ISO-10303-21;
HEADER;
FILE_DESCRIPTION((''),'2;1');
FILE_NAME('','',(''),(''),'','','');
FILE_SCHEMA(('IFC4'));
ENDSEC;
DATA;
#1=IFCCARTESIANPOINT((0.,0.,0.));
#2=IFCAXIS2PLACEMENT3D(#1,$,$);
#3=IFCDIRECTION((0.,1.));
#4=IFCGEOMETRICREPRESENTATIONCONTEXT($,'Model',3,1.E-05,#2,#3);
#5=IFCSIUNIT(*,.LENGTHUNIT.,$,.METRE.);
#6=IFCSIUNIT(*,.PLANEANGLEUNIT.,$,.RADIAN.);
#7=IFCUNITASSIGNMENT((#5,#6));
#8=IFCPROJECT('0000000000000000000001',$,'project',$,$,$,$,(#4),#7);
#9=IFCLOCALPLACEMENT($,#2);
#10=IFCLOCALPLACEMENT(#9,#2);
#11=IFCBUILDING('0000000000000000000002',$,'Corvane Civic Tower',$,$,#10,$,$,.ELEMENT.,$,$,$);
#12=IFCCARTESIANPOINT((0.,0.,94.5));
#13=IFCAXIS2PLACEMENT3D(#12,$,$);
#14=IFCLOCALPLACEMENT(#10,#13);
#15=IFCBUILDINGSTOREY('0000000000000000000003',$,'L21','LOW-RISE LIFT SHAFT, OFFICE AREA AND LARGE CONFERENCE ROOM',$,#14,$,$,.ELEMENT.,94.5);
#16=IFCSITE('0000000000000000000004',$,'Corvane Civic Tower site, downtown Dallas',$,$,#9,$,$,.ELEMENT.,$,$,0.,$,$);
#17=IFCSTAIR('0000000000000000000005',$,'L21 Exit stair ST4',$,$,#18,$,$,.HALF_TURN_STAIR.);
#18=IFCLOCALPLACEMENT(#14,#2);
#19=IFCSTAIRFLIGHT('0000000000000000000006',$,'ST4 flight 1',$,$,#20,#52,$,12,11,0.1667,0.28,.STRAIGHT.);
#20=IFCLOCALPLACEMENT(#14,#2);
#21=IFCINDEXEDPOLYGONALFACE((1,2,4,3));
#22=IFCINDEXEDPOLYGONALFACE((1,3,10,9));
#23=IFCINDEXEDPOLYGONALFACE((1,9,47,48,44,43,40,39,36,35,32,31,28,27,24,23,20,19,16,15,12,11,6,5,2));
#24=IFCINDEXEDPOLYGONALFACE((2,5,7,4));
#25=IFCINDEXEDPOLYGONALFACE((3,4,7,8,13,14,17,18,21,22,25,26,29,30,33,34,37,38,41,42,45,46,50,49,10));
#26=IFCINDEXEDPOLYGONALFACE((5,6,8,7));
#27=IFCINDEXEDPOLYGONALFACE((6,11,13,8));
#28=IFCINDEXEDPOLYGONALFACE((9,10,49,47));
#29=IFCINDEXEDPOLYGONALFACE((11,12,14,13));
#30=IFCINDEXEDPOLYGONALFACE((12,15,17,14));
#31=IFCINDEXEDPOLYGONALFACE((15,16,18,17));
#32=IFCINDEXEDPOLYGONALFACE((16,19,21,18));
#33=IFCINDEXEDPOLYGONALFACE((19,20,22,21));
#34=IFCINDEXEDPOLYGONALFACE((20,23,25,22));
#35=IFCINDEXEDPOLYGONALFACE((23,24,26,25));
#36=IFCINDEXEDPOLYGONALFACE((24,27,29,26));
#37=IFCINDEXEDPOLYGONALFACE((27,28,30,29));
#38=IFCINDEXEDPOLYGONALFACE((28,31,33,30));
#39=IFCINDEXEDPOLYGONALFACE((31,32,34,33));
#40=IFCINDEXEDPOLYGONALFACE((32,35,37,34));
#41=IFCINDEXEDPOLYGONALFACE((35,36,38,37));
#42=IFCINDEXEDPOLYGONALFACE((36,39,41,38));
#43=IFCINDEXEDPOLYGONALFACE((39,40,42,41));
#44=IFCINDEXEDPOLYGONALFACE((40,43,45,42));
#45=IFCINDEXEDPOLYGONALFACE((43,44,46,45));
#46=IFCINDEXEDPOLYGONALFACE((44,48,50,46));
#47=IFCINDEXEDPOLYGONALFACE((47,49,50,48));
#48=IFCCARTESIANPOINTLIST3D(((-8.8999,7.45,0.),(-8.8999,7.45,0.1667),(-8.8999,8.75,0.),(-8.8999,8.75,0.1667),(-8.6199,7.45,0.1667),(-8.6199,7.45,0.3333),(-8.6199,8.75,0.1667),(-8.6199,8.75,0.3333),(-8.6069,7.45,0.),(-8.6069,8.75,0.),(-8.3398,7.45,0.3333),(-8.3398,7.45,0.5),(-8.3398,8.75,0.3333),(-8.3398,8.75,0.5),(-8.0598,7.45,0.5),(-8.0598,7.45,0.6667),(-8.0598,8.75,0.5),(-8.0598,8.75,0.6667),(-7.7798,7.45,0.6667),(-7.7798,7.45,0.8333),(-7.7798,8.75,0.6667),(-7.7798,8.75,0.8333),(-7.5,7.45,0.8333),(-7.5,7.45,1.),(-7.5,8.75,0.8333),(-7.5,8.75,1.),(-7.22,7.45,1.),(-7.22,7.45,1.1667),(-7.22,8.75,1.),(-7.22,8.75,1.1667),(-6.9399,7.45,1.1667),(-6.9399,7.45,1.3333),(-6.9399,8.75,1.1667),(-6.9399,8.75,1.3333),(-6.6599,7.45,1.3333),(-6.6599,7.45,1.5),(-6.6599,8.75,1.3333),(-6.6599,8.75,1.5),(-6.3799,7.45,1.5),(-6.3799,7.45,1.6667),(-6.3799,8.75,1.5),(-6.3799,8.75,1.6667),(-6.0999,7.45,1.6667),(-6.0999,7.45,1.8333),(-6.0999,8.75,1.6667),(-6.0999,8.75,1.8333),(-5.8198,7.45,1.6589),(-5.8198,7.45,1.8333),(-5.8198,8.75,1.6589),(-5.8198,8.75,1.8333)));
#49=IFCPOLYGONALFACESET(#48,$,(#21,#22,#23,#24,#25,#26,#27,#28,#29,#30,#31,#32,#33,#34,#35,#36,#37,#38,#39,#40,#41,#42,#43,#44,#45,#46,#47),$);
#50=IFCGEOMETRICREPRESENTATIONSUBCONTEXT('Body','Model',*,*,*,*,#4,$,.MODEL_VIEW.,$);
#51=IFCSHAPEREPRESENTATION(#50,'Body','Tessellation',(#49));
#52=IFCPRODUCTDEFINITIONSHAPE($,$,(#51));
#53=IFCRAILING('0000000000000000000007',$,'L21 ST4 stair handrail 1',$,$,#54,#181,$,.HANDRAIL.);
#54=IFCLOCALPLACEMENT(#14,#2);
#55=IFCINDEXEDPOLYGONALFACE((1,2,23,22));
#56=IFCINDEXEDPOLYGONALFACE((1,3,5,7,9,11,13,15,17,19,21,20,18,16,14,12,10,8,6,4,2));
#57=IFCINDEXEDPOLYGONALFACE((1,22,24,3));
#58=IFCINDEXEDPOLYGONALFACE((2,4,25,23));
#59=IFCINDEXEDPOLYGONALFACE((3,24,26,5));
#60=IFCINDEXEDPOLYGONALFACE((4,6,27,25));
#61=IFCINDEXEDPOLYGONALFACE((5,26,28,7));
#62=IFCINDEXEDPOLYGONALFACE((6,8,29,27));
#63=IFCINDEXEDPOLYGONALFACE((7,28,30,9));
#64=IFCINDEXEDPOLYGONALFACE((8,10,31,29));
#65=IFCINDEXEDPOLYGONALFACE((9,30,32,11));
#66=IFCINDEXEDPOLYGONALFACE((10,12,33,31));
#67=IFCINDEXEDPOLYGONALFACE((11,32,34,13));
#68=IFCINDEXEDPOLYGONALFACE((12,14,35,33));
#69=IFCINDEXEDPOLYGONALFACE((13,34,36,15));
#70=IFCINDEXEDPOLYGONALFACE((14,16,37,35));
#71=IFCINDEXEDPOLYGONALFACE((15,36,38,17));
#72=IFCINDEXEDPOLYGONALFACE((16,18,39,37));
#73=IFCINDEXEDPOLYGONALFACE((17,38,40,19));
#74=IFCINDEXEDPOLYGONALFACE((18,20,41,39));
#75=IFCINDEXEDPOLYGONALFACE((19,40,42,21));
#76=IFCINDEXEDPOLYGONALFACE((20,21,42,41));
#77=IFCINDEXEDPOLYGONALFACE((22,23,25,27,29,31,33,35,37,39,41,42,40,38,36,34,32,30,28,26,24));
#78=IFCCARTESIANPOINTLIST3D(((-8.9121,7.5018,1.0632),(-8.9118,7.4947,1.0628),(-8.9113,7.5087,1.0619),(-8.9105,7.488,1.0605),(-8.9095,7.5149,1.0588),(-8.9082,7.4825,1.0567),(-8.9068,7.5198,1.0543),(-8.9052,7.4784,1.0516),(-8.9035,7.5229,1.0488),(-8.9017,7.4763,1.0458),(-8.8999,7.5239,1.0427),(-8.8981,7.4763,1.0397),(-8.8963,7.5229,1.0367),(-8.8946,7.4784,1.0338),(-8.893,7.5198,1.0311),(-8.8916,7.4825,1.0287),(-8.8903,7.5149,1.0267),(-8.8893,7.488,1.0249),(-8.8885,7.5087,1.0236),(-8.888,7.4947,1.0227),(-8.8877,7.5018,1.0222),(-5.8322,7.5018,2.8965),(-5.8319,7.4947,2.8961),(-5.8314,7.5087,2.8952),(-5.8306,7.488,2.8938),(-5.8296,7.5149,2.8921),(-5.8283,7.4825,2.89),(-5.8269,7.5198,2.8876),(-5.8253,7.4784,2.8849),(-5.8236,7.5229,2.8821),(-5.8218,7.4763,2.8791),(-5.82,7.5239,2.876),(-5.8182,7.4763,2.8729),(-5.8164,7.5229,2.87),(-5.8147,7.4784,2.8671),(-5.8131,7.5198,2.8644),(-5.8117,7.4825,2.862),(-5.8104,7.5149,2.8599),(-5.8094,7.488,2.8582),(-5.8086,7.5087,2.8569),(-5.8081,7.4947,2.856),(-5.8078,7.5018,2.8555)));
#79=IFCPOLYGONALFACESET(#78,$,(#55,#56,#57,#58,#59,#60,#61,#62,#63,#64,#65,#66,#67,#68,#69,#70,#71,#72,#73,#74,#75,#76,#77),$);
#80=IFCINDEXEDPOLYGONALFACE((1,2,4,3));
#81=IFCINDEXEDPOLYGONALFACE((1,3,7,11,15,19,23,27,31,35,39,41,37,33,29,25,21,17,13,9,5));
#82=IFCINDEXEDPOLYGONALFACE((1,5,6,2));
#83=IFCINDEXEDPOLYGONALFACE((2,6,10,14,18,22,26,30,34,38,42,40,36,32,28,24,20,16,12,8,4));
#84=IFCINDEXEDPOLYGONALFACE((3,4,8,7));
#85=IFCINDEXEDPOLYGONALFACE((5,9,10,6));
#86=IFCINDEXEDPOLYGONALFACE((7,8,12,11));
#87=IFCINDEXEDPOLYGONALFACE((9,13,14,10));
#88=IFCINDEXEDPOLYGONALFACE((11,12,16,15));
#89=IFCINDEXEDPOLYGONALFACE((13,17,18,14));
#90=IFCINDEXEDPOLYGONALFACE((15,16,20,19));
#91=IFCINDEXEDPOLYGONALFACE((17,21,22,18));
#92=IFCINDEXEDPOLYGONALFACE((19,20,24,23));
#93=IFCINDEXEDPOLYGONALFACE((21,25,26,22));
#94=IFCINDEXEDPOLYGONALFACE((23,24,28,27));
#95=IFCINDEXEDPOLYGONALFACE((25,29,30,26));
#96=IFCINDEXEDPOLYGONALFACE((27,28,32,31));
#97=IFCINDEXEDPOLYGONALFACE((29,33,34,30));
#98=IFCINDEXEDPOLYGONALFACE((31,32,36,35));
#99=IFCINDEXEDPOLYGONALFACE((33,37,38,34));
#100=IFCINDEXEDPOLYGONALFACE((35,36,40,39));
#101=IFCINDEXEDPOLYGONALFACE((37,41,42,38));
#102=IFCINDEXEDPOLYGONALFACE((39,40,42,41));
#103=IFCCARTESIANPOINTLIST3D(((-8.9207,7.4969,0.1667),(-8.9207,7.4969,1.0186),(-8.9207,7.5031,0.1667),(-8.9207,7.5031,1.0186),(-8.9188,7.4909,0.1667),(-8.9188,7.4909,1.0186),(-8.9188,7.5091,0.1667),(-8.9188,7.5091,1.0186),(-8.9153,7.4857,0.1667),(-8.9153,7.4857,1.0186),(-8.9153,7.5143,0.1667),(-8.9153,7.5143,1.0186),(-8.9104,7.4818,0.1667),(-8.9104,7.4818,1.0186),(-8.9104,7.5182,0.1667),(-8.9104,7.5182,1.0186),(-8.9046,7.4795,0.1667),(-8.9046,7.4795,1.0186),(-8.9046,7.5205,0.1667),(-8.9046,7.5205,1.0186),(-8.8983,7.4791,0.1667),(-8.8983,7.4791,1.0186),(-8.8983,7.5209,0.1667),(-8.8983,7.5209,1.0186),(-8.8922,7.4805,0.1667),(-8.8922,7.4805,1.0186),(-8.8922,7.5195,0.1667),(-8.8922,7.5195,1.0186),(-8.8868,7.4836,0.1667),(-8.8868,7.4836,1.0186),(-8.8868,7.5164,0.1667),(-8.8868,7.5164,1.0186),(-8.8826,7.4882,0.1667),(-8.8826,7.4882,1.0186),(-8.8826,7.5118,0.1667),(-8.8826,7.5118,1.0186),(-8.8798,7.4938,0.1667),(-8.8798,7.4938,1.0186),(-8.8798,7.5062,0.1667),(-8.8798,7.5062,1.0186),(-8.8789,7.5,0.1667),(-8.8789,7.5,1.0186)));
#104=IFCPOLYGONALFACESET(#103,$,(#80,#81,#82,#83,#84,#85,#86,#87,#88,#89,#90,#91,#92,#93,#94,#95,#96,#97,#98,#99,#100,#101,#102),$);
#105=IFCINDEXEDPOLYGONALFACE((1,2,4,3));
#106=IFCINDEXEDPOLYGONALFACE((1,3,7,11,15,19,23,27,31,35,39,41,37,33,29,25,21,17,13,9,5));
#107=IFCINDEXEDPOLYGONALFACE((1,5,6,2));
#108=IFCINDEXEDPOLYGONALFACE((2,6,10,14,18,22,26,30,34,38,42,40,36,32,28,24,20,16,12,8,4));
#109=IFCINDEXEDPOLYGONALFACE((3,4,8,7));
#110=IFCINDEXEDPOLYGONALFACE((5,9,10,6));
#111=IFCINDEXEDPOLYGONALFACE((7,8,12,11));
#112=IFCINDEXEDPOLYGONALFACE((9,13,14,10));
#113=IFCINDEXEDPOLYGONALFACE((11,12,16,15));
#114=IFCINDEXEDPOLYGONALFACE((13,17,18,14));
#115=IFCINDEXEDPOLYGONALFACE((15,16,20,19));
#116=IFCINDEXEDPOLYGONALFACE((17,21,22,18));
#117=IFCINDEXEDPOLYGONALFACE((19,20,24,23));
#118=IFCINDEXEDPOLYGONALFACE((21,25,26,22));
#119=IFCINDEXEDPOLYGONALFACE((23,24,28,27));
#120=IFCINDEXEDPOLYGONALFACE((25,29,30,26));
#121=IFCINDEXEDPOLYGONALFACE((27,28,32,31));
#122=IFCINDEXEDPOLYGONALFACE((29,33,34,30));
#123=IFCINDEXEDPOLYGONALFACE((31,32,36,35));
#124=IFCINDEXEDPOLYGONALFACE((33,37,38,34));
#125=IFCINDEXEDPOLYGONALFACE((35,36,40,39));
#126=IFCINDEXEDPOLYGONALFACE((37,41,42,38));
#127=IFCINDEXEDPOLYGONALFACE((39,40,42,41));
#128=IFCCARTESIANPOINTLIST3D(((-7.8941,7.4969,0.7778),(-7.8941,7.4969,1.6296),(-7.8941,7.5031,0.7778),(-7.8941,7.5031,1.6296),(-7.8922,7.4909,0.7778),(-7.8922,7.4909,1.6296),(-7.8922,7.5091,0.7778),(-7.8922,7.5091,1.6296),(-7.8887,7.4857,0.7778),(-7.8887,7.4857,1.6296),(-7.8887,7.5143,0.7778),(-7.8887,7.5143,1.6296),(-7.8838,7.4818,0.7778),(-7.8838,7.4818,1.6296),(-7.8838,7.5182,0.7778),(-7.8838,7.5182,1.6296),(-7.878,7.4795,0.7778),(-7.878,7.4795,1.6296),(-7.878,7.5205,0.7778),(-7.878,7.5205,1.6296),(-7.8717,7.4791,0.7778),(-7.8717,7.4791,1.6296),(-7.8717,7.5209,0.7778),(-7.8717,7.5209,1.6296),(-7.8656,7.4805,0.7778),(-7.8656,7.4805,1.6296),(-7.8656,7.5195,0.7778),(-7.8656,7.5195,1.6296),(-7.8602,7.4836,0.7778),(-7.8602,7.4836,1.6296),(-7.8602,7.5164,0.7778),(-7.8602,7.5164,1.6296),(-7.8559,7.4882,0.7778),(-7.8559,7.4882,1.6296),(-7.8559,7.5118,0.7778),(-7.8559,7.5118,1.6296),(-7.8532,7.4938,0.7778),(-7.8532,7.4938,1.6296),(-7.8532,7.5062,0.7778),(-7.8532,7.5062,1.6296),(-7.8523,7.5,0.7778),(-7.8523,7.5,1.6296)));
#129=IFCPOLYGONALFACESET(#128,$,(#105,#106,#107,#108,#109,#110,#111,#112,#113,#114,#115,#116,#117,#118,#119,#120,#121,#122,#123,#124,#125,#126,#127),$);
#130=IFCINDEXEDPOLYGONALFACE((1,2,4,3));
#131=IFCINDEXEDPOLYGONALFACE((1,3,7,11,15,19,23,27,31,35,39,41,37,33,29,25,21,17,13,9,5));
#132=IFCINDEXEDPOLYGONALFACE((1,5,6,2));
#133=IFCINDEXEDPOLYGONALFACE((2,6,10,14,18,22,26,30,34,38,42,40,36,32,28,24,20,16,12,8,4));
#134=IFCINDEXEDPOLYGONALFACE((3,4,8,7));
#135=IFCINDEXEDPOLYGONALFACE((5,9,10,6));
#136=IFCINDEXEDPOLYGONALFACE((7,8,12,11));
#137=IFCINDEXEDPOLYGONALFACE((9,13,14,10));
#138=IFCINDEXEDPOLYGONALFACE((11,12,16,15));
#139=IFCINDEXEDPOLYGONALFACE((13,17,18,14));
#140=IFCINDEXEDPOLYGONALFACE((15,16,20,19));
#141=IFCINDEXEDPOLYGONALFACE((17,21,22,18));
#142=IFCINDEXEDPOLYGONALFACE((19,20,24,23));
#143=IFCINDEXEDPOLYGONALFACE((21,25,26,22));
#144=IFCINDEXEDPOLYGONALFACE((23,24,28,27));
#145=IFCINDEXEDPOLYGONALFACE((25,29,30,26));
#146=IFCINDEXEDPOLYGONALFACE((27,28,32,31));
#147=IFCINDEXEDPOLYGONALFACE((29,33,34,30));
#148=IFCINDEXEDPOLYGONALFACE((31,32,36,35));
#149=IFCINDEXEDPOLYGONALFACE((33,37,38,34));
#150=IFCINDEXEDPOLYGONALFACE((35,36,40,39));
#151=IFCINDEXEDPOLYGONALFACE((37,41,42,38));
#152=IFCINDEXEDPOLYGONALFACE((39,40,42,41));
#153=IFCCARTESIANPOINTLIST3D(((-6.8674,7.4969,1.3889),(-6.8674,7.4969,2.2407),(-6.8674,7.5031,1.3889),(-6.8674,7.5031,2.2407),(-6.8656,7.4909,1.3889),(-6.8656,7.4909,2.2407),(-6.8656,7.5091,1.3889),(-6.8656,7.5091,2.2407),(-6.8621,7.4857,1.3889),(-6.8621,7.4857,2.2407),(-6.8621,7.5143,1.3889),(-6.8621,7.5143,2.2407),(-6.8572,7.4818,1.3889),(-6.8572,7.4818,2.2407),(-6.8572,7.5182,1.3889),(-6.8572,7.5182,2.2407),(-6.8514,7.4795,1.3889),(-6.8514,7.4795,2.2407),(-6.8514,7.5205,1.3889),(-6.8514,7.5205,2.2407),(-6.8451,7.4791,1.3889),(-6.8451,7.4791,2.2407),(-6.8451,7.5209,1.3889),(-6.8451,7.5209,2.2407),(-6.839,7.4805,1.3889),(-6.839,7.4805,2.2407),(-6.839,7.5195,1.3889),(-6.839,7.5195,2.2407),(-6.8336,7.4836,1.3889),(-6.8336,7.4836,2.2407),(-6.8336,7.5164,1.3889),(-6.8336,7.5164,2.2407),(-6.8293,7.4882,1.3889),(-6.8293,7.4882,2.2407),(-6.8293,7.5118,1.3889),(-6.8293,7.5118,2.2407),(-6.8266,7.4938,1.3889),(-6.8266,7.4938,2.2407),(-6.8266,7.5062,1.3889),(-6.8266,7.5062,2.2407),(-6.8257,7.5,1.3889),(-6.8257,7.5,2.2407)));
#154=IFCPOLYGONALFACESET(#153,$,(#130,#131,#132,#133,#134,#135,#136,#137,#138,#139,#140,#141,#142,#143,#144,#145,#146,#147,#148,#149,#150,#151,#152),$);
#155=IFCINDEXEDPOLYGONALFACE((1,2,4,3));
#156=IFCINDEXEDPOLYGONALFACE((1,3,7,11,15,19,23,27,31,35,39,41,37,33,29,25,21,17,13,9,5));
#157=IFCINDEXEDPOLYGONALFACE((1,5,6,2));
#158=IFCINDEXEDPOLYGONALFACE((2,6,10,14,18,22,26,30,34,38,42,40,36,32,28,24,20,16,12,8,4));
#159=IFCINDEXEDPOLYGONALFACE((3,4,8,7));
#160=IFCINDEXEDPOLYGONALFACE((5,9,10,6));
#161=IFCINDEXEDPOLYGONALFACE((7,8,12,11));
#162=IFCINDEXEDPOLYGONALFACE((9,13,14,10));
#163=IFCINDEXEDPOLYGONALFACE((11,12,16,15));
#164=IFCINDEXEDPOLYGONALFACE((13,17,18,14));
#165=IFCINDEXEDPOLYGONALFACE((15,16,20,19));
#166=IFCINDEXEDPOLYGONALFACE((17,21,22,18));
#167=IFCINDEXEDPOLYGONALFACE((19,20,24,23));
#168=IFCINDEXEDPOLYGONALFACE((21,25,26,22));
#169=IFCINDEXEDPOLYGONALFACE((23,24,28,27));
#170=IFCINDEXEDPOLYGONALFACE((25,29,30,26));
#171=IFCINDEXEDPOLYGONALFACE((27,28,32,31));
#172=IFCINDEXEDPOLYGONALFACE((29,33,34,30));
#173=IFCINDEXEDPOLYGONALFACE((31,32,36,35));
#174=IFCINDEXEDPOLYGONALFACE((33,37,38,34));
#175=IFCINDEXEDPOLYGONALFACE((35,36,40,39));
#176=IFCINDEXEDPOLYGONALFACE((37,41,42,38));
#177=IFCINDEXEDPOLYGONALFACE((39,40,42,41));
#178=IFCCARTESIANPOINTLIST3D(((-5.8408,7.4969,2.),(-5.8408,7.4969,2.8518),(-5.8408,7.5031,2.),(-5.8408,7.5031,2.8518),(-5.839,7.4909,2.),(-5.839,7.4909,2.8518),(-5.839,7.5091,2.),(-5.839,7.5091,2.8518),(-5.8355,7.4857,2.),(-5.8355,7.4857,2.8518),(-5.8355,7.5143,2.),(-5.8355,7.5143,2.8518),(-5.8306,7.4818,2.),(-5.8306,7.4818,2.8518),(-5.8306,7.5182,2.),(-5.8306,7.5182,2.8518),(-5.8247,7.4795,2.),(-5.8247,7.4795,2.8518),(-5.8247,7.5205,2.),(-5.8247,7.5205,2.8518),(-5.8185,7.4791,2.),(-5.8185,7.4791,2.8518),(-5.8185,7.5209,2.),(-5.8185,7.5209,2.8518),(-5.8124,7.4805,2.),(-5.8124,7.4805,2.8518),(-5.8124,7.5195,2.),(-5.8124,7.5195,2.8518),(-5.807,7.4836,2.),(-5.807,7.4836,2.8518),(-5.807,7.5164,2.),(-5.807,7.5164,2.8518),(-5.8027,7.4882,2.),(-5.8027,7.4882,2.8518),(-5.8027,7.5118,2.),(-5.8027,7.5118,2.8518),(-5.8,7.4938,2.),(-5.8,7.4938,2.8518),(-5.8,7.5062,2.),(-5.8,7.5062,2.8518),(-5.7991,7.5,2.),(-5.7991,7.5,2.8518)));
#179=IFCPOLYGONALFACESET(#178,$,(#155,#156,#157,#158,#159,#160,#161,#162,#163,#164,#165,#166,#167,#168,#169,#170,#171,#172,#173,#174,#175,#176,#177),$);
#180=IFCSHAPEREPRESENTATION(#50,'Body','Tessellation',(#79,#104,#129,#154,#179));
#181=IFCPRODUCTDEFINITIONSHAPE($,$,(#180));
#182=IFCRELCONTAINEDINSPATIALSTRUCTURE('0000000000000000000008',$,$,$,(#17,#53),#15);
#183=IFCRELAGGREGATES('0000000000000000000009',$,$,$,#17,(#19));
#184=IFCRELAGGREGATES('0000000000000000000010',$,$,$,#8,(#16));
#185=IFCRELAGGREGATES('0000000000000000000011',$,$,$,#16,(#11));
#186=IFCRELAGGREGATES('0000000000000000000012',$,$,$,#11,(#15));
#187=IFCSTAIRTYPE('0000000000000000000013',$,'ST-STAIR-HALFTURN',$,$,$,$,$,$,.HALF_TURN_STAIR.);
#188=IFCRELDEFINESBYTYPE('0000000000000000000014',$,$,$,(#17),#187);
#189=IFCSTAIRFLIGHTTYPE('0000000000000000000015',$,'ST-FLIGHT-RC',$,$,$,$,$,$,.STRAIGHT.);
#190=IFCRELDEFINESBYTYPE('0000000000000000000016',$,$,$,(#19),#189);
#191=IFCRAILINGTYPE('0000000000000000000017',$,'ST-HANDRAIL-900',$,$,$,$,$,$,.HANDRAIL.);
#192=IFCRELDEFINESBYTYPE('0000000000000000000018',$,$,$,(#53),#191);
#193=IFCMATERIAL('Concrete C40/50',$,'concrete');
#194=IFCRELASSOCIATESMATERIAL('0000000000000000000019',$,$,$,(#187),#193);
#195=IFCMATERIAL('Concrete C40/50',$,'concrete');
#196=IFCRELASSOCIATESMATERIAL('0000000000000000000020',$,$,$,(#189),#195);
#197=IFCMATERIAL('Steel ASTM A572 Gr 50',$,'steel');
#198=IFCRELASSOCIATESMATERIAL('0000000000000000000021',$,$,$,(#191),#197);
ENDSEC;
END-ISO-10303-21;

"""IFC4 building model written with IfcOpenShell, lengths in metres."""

from ifc_helpers import new_model, si_unit, direction, frame, origin, origin_2d, place, context, subcontext, project, spatial, polyline, circle, outline, extrude, material, type_object, element, aggregate, save


model = new_model("IFC4")

# Units and contexts
model_context = context("Model", 3, precision=1e-05, world=origin(), true_north=direction((0.0, 1.0)))
body_context = subcontext(model_context, "Body", "Model", "MODEL_VIEW")
ifc_project = project(units=[si_unit("LENGTHUNIT", "METRE"), si_unit("PLANEANGLEUNIT", "RADIAN")], contexts=[model_context])

# Site, building, storey
site_placement = place(None, origin())
site = spatial("IfcSite", under=ifc_project, at=site_placement, Name="Corvane Civic Tower site, downtown Dallas", CompositionType="ELEMENT", RefElevation=0.0)
building_placement = place(site_placement, origin())
building = spatial("IfcBuilding", under=site, at=building_placement, Name="Corvane Civic Tower", CompositionType="ELEMENT")
storey_placement = place(building_placement, frame((0.0, 0.0, 94.5)))
storey = spatial("IfcBuildingStorey", under=building, at=storey_placement, Name="L21", Description="LOW-RISE LIFT SHAFT, OFFICE AREA AND LARGE CONFERENCE ROOM", CompositionType="ELEMENT", Elevation=94.5)

# Stair
ifc_material_1 = material(Name="Concrete C40/50", Category="concrete")
stair_type = type_object("IfcStairType", Name="ST-STAIR-HALFTURN", PredefinedType="HALF_TURN_STAIR", material=ifc_material_1)
stair_1_placement = place(storey_placement, origin())
stair_1 = element("IfcStair", 1, at=stair_1_placement, inside=storey, type_object=stair_type, Name="L21 Exit stair ST4", PredefinedType="HALF_TURN_STAIR")

# Stair flight
ifc_material_2 = material(Name="Concrete C40/50", Category="concrete")
stair_flight_type = type_object("IfcStairFlightType", Name="ST-FLIGHT-RC", PredefinedType="STRAIGHT", material=ifc_material_2)
stair_flight_placement = place(storey_placement, frame((-8.8999, 8.1001, 0.0), z_axis=(0.0, 0.0, 1.0), x_axis=(1.0, 0.0, 0.0)))
stair_flight = element("IfcStairFlight", 2, at=stair_flight_placement, type_object=stair_flight_type, Name="ST4 flight 1", NumberOfRisers=12, NumberOfTreads=11, PredefinedType="STRAIGHT", RiserHeight=0.1667, TreadLength=0.28, context=body_context, shape_type="SweptSolid", body=[
    extrude(outline(polyline([(0.0, 0.0), (0.0, 0.1667), (0.28, 0.1667), (0.28, 0.3333), (0.5601, 0.3333), (0.5601, 0.5), (0.8401, 0.5), (0.8401, 0.6667), (1.1201, 0.6667), (1.1201, 0.8333), (1.3999, 0.8333), (1.3999, 1.0), (1.6799, 1.0), (1.6799, 1.1667), (1.96, 1.1667), (1.96, 1.3333), (2.24, 1.3333), (2.24, 1.5), (2.52, 1.5), (2.52, 1.6667), (2.8, 1.6667), (2.8, 1.8333), (3.0801, 1.8333), (3.0801, 2.0), (3.0801, 1.6589), (0.293, 0.0), (0.0, 0.0)])), frame((0.0, 0.6499, 0.0), z_axis=(0.0, -1.0, 0.0), x_axis=(1.0, 0.0, 0.0)), (0.0, 0.0, 1.0), 1.3),
])
aggregate(stair_1, [stair_flight])

# Railing
ifc_material_3 = material(Name="Steel ASTM A572 Gr 50", Category="steel")
railing_type_1 = type_object("IfcRailingType", Name="ST-HANDRAIL-900", PredefinedType="HANDRAIL", material=ifc_material_3)
railing_1_placement = place(storey_placement, frame((-8.8999, 7.5, 0.1667)))
element("IfcRailing", 3, at=railing_1_placement, inside=storey, type_object=railing_type_1, Name="L21 ST4 stair handrail 1", PredefinedType="HANDRAIL", context=body_context, shape_type="SweptSolid", body=[
    extrude(circle(Radius=0.0239, at=origin_2d()), frame((0.0, 0.0, 0.876), z_axis=(0.859291, 0.0, 0.511487), x_axis=(0.0, 1.0, 0.0)), (0.0, 0.0, 1.0), 3.5842),
    extrude(circle(Radius=0.021, at=origin_2d()), origin(), (0.0, 0.0, 1.0), 0.8518),
    extrude(circle(Radius=0.021, at=origin_2d()), frame((1.0266, 0.0, 0.6111)), (0.0, 0.0, 1.0), 0.8518),
    extrude(circle(Radius=0.021, at=origin_2d()), frame((2.0532, 0.0, 1.2222)), (0.0, 0.0, 1.0), 0.8518),
    extrude(circle(Radius=0.021, at=origin_2d()), frame((3.0798, 0.0, 1.8333)), (0.0, 0.0, 1.0), 0.8518),
])

save(model, "model.ifc")
